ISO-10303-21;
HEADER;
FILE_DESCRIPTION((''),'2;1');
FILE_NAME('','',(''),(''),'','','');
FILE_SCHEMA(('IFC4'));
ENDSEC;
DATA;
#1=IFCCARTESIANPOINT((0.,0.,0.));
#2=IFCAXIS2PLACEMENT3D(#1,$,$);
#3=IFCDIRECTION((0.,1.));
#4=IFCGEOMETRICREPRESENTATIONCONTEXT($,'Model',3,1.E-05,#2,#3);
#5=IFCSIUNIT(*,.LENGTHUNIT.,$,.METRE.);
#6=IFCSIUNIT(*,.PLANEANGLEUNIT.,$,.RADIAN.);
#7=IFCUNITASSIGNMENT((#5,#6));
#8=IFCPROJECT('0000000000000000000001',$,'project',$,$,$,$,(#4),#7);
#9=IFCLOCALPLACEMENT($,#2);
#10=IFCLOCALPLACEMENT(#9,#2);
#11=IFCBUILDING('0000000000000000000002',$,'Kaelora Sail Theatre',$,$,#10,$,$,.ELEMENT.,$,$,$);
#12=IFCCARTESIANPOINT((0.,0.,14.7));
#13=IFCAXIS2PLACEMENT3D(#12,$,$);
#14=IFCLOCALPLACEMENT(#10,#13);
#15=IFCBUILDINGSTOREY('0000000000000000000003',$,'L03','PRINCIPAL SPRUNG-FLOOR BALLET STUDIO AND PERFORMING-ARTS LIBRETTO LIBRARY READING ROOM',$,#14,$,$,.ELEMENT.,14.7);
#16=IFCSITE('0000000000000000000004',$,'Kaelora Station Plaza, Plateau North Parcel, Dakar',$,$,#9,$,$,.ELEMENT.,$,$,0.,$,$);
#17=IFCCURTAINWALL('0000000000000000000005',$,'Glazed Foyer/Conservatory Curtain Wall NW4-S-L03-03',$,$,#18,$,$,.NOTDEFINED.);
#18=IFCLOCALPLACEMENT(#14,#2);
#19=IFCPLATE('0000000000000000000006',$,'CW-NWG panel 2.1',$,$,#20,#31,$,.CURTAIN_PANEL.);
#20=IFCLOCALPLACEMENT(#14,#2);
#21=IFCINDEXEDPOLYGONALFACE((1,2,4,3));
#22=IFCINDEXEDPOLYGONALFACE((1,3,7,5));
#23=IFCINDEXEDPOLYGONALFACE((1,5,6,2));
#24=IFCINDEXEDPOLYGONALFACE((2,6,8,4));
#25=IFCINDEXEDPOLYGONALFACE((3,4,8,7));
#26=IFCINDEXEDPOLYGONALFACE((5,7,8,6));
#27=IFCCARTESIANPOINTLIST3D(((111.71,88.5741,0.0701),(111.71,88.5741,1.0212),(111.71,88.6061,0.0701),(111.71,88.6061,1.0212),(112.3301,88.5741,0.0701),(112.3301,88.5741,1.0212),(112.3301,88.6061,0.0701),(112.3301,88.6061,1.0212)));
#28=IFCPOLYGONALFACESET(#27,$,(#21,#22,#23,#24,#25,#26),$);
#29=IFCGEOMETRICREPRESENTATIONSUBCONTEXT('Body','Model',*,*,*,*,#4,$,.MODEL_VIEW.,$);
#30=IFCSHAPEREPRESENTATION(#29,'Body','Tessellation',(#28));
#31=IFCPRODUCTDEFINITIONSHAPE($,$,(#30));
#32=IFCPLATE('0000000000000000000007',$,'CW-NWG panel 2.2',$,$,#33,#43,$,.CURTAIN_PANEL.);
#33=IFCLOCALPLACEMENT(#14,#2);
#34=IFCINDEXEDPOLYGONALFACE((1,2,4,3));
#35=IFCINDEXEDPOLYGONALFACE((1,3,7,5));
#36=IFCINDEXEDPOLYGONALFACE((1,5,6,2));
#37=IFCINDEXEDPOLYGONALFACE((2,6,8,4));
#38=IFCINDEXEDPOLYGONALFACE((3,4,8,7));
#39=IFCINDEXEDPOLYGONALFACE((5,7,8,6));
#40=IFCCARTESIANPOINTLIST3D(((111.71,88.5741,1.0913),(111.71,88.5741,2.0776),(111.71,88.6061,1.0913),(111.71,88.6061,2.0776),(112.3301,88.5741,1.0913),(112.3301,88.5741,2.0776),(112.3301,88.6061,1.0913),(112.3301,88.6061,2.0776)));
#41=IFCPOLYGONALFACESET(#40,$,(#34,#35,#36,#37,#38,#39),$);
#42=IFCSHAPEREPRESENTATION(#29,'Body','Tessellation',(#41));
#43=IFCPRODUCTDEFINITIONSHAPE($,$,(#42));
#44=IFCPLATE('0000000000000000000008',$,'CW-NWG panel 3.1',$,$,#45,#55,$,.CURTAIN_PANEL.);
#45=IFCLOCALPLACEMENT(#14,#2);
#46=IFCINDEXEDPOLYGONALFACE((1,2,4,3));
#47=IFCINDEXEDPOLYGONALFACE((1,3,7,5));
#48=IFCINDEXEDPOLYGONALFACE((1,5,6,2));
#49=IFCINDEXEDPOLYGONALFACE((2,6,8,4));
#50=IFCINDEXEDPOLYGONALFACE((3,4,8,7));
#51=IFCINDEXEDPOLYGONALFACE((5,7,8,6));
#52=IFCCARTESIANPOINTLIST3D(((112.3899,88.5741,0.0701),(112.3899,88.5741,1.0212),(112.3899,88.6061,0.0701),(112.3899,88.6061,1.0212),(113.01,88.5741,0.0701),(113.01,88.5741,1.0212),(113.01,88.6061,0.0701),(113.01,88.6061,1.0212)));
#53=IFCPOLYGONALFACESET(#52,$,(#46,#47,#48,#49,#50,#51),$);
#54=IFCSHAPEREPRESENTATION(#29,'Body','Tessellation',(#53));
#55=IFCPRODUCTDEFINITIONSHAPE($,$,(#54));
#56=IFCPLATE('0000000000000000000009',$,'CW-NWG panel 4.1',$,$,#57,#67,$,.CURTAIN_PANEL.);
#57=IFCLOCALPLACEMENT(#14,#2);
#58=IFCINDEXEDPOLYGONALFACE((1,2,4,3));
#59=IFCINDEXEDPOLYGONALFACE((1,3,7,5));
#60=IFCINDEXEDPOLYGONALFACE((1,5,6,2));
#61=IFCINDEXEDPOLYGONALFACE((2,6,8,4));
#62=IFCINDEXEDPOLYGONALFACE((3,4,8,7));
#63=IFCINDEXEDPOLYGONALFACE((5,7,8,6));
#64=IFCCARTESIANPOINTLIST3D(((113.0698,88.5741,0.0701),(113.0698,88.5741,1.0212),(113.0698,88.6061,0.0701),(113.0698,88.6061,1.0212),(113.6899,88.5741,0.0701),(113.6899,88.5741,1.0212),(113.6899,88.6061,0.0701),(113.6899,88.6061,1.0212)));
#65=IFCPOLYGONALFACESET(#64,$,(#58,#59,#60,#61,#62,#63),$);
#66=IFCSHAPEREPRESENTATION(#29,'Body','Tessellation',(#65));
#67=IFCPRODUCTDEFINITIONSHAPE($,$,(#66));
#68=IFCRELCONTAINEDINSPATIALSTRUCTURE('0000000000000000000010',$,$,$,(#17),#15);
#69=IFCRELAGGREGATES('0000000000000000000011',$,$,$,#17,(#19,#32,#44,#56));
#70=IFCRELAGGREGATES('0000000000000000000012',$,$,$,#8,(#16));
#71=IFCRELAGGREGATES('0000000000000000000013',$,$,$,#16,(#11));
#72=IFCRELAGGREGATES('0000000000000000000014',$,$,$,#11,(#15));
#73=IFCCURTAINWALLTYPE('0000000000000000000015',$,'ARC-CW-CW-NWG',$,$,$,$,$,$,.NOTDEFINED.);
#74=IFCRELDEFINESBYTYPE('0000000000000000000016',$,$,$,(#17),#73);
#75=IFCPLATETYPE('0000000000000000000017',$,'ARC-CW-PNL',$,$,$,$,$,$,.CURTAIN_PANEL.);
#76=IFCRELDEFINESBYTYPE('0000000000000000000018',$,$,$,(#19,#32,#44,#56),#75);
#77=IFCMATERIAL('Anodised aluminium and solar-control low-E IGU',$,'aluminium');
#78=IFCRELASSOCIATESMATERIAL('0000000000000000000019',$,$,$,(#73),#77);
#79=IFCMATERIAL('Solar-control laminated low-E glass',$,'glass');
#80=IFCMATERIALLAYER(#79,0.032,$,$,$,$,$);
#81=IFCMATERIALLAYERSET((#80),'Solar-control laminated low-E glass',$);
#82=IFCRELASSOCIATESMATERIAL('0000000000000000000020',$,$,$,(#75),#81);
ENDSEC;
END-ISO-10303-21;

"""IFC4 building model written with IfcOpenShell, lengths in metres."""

from ifc_helpers import new_model, si_unit, direction, frame, origin, origin_2d, place, context, subcontext, project, spatial, rectangle, extrude, material, layer, layer_set, type_object, element, aggregate, save


model = new_model("IFC4")

# Units and contexts
model_context = context("Model", 3, precision=1e-05, world=origin(), true_north=direction((0.0, 1.0)))
body_context = subcontext(model_context, "Body", "Model", "MODEL_VIEW")
ifc_project = project(units=[si_unit("LENGTHUNIT", "METRE"), si_unit("PLANEANGLEUNIT", "RADIAN")], contexts=[model_context])

# Site, building, storey
site_placement = place(None, origin())
site = spatial("IfcSite", under=ifc_project, at=site_placement, Name="Kaelora Station Plaza, Plateau North Parcel, Dakar", CompositionType="ELEMENT", RefElevation=0.0)
building_placement = place(site_placement, origin())
building = spatial("IfcBuilding", under=site, at=building_placement, Name="Kaelora Sail Theatre", CompositionType="ELEMENT")
storey_placement = place(building_placement, frame((0.0, 0.0, 14.7)))
storey = spatial("IfcBuildingStorey", under=building, at=storey_placement, Name="L03", Description="PRINCIPAL SPRUNG-FLOOR BALLET STUDIO AND PERFORMING-ARTS LIBRETTO LIBRARY READING ROOM", CompositionType="ELEMENT", Elevation=14.7)

# Curtain wall
ifc_material_1 = material(Name="Anodised aluminium and solar-control low-E IGU", Category="aluminium")
curtain_wall_type = type_object("IfcCurtainWallType", Name="ARC-CW-CW-NWG", PredefinedType="NOTDEFINED", material=ifc_material_1)
curtain_wall_1_placement = place(storey_placement, origin())
curtain_wall_1 = element("IfcCurtainWall", 1, at=curtain_wall_1_placement, inside=storey, type_object=curtain_wall_type, Name="Glazed Foyer/Conservatory Curtain Wall NW4-S-L03-03", PredefinedType="NOTDEFINED")

# Plates
ifc_material_2 = material(Name="Solar-control laminated low-E glass", Category="glass")
ifc_layer = layer(ifc_material_2, 0.032)
ifc_layer_set = layer_set([ifc_layer], Name="Solar-control laminated low-E glass")
plate_type = type_object("IfcPlateType", Name="ARC-CW-PNL", PredefinedType="CURTAIN_PANEL", material=ifc_layer_set)
plate_1_placement = place(storey_placement, frame((112.02, 88.5901, 0.0701), z_axis=(0.0, 0.0, 1.0), x_axis=(1.0, 0.0, 0.0)))
plate_1 = element("IfcPlate", 2, at=plate_1_placement, type_object=plate_type, Name="CW-NWG panel 2.1", PredefinedType="CURTAIN_PANEL", context=body_context, shape_type="SweptSolid", body=[
    extrude(rectangle(XDim=0.6201, YDim=0.032, at=origin_2d()), origin(), (0.0, 0.0, 1.0), 0.9512),
])
plate_2_placement = place(storey_placement, frame((112.02, 88.5901, 1.0913), z_axis=(0.0, 0.0, 1.0), x_axis=(1.0, 0.0, 0.0)))
plate_2 = element("IfcPlate", 3, at=plate_2_placement, type_object=plate_type, Name="CW-NWG panel 2.2", PredefinedType="CURTAIN_PANEL", context=body_context, shape_type="SweptSolid", body=[
    extrude(rectangle(XDim=0.6201, YDim=0.032, at=origin_2d()), origin(), (0.0, 0.0, 1.0), 0.9863),
])
plate_3_placement = place(storey_placement, frame((112.7, 88.5901, 0.0701), z_axis=(0.0, 0.0, 1.0), x_axis=(1.0, 0.0, 0.0)))
plate_3 = element("IfcPlate", 4, at=plate_3_placement, type_object=plate_type, Name="CW-NWG panel 3.1", PredefinedType="CURTAIN_PANEL", context=body_context, shape_type="SweptSolid", body=[
    extrude(rectangle(XDim=0.6201, YDim=0.032, at=origin_2d()), origin(), (0.0, 0.0, 1.0), 0.9512),
])
plate_4_placement = place(storey_placement, frame((113.3799, 88.5901, 0.0701), z_axis=(0.0, 0.0, 1.0), x_axis=(1.0, 0.0, 0.0)))
plate_4 = element("IfcPlate", 5, at=plate_4_placement, type_object=plate_type, Name="CW-NWG panel 4.1", PredefinedType="CURTAIN_PANEL", context=body_context, shape_type="SweptSolid", body=[
    extrude(rectangle(XDim=0.6201, YDim=0.032, at=origin_2d()), origin(), (0.0, 0.0, 1.0), 0.9512),
])
aggregate(curtain_wall_1, [plate_1, plate_2, plate_3, plate_4])

save(model, "model.ifc")
